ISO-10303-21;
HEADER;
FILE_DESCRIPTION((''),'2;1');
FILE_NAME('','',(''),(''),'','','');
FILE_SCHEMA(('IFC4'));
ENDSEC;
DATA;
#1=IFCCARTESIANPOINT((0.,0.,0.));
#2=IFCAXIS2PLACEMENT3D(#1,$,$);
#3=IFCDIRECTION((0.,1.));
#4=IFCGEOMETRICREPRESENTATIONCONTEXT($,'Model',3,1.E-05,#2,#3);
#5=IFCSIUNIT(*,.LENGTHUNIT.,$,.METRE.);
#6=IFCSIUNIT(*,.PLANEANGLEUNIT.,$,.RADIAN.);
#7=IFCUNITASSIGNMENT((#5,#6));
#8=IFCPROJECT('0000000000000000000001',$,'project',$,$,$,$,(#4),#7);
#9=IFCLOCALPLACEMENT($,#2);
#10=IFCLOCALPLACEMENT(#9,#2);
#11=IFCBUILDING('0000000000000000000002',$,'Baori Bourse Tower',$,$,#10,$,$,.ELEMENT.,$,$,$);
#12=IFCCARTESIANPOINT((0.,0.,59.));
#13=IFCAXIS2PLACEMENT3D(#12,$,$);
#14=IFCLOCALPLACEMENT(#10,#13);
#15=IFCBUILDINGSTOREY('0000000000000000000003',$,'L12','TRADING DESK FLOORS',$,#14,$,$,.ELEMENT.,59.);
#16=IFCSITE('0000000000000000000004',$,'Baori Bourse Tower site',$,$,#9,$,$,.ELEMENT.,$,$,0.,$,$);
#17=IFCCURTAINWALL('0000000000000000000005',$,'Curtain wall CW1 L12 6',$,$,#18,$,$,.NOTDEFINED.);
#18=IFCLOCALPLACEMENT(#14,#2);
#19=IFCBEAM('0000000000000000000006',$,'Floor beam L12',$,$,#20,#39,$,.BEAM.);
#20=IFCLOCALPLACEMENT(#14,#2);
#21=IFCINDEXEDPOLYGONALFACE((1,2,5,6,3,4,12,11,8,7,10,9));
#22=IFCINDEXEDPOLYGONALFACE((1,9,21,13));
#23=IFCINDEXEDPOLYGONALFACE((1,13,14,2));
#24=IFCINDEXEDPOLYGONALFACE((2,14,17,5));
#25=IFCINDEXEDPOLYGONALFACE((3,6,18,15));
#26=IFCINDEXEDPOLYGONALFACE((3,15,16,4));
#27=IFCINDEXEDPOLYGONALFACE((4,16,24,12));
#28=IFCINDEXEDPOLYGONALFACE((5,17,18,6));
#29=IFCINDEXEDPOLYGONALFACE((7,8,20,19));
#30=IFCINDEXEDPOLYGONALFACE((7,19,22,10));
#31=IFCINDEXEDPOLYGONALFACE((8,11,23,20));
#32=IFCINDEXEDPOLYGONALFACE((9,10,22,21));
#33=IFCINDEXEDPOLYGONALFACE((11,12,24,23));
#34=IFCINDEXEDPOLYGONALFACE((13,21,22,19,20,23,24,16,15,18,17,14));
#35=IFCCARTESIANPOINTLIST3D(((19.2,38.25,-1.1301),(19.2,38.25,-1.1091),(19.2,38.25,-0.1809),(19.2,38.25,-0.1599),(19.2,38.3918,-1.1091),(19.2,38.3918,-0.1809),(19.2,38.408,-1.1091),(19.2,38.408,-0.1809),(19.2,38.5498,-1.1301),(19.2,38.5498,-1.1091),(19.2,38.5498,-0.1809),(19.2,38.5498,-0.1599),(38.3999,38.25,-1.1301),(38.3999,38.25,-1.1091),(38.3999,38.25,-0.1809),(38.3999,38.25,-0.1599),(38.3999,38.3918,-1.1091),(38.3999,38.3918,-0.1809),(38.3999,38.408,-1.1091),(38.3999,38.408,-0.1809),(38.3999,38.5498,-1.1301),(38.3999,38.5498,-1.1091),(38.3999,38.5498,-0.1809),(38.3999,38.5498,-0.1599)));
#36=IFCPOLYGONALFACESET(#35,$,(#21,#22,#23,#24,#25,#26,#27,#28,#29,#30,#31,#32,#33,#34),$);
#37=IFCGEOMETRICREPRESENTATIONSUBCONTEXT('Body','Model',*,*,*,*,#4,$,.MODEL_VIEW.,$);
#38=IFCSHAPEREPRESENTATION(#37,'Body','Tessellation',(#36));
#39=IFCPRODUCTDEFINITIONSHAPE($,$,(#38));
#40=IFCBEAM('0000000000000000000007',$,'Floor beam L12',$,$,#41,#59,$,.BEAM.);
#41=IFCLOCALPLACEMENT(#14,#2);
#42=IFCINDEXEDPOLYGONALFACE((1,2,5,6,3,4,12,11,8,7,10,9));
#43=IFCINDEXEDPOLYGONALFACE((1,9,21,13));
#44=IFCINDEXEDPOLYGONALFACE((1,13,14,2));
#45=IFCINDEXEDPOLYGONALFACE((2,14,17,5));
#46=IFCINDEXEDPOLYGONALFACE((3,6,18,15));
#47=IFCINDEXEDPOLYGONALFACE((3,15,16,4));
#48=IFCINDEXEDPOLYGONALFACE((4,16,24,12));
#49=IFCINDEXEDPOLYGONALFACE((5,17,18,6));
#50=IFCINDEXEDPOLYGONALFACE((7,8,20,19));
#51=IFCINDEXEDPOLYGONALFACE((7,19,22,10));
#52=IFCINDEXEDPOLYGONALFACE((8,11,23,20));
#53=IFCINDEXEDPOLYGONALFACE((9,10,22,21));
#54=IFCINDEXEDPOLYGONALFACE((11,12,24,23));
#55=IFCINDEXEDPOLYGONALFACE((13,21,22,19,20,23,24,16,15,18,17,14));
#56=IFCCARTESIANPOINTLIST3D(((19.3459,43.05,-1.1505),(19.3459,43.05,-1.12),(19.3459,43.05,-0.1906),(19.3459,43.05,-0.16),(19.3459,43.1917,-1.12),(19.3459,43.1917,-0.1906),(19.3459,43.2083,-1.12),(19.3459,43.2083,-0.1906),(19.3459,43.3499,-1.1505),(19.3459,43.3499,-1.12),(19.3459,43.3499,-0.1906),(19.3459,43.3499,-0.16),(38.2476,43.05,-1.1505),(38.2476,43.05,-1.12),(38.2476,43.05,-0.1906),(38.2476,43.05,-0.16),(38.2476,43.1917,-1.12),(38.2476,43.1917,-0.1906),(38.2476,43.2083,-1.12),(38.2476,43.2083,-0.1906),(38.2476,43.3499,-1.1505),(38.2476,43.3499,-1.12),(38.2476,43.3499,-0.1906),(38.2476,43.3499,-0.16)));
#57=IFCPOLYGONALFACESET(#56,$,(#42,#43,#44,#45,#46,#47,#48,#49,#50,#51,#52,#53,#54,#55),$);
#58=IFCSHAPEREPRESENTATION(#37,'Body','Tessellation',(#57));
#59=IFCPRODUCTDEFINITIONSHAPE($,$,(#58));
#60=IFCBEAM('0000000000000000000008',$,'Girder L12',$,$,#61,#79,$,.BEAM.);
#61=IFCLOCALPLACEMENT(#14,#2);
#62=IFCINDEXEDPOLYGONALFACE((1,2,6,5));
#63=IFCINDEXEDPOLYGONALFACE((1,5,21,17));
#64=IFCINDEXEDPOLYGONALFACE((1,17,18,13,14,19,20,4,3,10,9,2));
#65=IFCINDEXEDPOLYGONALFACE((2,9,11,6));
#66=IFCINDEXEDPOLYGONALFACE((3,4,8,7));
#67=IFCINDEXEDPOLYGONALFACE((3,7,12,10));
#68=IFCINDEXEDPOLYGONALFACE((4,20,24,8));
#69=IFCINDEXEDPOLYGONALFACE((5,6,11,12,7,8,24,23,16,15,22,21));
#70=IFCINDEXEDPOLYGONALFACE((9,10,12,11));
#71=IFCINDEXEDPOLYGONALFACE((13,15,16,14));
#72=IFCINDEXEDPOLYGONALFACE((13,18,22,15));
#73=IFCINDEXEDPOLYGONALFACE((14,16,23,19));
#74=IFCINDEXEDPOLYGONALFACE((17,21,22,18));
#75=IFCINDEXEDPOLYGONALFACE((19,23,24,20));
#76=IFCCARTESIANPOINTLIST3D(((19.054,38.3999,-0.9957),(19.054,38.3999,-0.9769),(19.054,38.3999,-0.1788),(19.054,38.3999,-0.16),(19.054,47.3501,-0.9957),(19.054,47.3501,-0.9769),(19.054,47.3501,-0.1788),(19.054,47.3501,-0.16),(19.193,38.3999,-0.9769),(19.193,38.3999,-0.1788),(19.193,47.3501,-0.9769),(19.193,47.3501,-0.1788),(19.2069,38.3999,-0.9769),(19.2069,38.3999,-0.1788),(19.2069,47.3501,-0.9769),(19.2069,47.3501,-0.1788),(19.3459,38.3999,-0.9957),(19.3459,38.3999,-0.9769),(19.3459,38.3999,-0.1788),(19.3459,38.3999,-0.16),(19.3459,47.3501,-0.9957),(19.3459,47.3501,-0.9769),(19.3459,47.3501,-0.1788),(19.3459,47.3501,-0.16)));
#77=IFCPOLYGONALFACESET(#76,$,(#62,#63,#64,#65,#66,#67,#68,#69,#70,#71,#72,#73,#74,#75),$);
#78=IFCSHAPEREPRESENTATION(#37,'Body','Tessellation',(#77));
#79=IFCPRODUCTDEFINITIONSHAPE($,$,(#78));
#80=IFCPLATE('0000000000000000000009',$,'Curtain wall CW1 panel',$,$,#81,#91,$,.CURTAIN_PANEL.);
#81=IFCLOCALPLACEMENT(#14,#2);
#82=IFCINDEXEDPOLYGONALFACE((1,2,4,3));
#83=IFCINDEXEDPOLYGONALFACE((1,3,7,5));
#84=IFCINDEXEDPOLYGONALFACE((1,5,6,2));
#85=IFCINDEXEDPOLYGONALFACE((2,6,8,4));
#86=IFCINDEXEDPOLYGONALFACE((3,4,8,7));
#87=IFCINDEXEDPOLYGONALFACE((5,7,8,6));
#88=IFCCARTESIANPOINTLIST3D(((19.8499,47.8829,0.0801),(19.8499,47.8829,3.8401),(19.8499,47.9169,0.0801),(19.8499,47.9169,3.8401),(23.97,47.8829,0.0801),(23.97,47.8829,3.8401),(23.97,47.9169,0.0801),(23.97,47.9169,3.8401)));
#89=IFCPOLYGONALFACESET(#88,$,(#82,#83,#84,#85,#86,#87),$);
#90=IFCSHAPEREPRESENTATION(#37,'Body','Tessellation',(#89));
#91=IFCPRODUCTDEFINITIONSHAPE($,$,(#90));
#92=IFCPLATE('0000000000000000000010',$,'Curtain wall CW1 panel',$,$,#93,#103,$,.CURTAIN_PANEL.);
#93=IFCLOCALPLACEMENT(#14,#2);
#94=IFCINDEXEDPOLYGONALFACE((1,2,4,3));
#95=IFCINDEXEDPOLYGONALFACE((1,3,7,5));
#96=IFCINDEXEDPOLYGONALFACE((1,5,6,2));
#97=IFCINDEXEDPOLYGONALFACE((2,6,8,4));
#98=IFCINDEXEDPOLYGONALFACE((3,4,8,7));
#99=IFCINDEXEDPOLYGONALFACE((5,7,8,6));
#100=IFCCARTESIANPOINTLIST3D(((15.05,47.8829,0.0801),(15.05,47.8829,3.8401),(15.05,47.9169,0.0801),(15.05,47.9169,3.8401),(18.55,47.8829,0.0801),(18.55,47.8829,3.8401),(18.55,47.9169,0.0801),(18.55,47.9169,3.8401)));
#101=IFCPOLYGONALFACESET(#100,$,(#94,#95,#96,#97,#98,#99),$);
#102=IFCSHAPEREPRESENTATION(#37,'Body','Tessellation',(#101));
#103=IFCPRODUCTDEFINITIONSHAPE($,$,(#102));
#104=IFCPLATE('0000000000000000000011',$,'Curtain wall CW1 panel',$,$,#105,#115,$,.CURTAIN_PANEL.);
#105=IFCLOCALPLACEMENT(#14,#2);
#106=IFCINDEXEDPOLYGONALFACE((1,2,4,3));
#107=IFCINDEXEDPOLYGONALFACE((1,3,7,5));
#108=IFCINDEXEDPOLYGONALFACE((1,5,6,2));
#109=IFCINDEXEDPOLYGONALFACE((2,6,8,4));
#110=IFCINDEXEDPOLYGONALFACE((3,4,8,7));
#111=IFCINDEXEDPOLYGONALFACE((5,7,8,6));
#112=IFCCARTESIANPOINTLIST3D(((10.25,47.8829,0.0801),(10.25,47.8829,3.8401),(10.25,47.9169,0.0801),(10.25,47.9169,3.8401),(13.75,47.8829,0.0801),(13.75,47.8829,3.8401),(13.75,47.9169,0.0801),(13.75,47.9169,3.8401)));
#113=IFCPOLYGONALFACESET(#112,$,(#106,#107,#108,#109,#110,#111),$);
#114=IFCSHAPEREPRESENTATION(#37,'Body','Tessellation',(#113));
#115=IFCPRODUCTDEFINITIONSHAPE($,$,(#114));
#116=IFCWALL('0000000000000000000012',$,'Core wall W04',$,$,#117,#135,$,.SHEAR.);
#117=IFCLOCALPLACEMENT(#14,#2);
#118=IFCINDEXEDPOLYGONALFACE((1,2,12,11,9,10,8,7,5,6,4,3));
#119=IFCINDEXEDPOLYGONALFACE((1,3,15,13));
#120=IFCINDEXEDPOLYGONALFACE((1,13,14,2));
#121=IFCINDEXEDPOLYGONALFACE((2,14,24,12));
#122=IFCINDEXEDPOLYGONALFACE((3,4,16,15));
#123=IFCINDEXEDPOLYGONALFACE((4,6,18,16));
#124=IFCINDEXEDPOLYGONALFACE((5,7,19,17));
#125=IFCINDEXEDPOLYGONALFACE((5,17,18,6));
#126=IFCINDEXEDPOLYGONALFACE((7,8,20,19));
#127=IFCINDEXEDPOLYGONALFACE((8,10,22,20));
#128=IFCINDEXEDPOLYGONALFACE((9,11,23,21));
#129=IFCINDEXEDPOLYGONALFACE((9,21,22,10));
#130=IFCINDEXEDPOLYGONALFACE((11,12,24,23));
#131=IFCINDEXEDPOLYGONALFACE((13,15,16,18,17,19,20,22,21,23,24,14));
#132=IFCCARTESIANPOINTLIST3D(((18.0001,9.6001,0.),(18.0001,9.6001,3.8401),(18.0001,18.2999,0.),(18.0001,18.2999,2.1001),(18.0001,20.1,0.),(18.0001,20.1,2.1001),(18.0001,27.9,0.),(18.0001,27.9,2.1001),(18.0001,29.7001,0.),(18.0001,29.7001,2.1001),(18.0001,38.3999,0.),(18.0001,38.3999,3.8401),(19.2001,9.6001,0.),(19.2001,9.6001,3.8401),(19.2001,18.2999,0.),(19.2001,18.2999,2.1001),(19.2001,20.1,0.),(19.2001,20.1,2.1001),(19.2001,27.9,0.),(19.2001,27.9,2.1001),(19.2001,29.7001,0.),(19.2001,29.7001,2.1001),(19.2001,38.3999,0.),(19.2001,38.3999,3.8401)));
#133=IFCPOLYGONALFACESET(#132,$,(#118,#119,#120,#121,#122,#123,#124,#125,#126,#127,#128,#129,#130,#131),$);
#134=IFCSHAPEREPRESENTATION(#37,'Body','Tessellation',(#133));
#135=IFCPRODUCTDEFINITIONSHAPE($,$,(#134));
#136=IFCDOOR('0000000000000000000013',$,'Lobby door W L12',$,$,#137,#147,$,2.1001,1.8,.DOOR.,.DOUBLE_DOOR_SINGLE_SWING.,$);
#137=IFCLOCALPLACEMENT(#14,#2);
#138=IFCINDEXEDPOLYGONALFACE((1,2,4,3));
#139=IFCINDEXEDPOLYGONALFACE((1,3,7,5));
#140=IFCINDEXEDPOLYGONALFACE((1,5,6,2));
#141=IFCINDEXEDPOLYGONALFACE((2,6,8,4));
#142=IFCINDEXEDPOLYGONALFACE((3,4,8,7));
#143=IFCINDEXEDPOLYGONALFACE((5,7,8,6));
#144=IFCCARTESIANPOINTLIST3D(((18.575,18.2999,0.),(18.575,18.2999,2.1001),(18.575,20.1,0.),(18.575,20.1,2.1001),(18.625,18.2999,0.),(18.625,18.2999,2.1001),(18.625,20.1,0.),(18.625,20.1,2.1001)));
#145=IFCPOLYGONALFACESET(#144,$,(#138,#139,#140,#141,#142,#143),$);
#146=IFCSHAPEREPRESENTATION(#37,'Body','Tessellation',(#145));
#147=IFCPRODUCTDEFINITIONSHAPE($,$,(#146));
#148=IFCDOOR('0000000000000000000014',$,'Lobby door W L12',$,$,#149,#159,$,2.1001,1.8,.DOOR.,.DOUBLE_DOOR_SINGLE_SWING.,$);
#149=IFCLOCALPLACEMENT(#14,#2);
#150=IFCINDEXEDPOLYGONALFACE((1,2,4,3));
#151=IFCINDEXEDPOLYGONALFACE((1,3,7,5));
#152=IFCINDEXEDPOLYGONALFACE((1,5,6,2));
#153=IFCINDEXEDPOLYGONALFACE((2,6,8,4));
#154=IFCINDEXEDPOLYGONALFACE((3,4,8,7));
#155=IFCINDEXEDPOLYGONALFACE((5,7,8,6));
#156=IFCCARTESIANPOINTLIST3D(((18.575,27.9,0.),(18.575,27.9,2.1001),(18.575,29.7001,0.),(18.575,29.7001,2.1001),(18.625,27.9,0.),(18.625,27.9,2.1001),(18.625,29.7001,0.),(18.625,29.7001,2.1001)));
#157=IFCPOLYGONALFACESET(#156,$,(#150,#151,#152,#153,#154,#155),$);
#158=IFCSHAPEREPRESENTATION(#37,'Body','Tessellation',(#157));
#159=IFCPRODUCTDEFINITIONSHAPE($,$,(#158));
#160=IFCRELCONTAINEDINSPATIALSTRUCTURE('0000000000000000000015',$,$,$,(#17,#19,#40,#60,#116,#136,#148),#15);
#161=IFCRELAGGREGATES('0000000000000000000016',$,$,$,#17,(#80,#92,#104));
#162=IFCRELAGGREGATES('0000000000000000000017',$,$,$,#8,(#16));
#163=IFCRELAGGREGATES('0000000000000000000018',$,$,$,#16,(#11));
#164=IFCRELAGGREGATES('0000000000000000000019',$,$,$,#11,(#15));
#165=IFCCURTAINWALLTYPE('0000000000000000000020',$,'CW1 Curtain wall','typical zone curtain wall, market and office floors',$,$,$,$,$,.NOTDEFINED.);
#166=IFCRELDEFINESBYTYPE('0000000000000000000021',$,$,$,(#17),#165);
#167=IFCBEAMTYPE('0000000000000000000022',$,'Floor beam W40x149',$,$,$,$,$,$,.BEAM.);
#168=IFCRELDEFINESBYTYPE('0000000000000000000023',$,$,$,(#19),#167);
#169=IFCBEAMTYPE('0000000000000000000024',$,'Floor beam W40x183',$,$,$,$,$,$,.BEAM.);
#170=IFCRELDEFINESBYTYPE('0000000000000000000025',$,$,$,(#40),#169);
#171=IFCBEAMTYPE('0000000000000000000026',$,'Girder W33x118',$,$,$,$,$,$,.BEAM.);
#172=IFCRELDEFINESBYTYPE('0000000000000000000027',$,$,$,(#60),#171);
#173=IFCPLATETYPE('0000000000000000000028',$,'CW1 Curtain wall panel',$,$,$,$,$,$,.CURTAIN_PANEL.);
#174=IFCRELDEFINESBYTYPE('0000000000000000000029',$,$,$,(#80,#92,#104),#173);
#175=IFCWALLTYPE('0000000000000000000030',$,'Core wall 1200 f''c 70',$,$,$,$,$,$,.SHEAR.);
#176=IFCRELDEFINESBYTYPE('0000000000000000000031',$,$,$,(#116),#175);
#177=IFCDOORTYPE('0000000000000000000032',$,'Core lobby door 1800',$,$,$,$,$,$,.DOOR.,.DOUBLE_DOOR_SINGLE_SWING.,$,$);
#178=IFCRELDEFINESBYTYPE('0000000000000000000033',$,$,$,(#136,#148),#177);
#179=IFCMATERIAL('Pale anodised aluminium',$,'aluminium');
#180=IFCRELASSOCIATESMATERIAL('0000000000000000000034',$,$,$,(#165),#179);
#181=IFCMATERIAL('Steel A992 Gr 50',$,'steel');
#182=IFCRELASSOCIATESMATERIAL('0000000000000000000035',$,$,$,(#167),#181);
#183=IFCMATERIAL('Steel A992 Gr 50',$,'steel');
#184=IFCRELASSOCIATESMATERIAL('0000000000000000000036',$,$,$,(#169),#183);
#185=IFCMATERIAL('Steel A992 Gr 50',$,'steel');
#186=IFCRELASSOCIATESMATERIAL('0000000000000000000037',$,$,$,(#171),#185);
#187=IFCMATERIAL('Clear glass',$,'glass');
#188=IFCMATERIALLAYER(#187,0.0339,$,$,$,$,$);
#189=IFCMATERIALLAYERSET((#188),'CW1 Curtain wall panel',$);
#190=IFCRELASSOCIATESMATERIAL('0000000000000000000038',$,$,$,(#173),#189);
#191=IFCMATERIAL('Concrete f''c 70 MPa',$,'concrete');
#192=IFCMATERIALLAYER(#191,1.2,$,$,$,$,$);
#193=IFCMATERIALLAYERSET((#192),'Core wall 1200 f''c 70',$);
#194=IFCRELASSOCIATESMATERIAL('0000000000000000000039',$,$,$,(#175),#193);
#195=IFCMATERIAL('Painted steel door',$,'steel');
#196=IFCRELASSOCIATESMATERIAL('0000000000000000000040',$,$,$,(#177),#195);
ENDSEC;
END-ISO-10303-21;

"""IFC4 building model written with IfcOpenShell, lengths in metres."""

from ifc_helpers import new_model, si_unit, direction, frame, frame_2d, origin, origin_2d, place, context, subcontext, project, spatial, rectangle, i_section, extrude, material, layer, layer_set, material_profile, profile_set, type_object, element, fill, aggregate, save


model = new_model("IFC4")

# Units and contexts
model_context = context("Model", 3, precision=1e-05, world=origin(), true_north=direction((0.0, 1.0)))
body_context = subcontext(model_context, "Body", "Model", "MODEL_VIEW")
ifc_project = project(units=[si_unit("LENGTHUNIT", "METRE"), si_unit("PLANEANGLEUNIT", "RADIAN")], contexts=[model_context])

# Site, building, storey
site_placement = place(None, origin())
site = spatial("IfcSite", under=ifc_project, at=site_placement, Name="Baori Bourse Tower site", CompositionType="ELEMENT", RefElevation=0.0)
building_placement = place(site_placement, origin())
building = spatial("IfcBuilding", under=site, at=building_placement, Name="Baori Bourse Tower", CompositionType="ELEMENT")
storey_placement = place(building_placement, frame((0.0, 0.0, 59.0)))
storey = spatial("IfcBuildingStorey", under=building, at=storey_placement, Name="L12", Description="TRADING DESK FLOORS", CompositionType="ELEMENT", Elevation=59.0)

# Curtain wall
ifc_material_1 = material(Name="Pale anodised aluminium", Category="aluminium")
curtain_wall_type = type_object("IfcCurtainWallType", Name="CW1 Curtain wall", Description="typical zone curtain wall, market and office floors", PredefinedType="NOTDEFINED", material=ifc_material_1)
curtain_wall_placement = place(storey_placement, origin())
curtain_wall = element("IfcCurtainWall", 1, at=curtain_wall_placement, inside=storey, type_object=curtain_wall_type, Name="Curtain wall CW1 L12 6", PredefinedType="NOTDEFINED")

# Beams
ifc_material_2 = material(Name="Steel A992 Gr 50", Category="steel")
ifc_material_profile_1 = material_profile(ifc_material_2, i_section(OverallWidth=0.2998, OverallDepth=0.9702, WebThickness=0.0161, FlangeThickness=0.021, at=origin_2d()), Name="W40x149")
ifc_profile_set_1 = profile_set([ifc_material_profile_1], Name="Steel A992 Gr 50")
beam_type_1 = type_object("IfcBeamType", Name="Floor beam W40x149", PredefinedType="BEAM", material=ifc_profile_set_1)
beam_1_placement = place(storey_placement, frame((19.2, 38.3999, -0.645), z_axis=(1.0, 0.0, 0.0), x_axis=(0.0, 1.0, 0.0)))
element("IfcBeam", 2, at=beam_1_placement, inside=storey, type_object=beam_type_1, Name="Floor beam L12", PredefinedType="BEAM", context=body_context, shape_type="SweptSolid", body=[
    extrude(i_section(OverallWidth=0.2998, OverallDepth=0.9702, WebThickness=0.0161, FlangeThickness=0.021, at=origin_2d()), origin(), (0.0, 0.0, 1.0), 19.2),
])
ifc_material_3 = material(Name="Steel A992 Gr 50", Category="steel")
ifc_material_profile_2 = material_profile(ifc_material_3, i_section(OverallWidth=0.2998, OverallDepth=0.9905, WebThickness=0.0166, FlangeThickness=0.0305, at=origin_2d()), Name="W40x183")
ifc_profile_set_2 = profile_set([ifc_material_profile_2], Name="Steel A992 Gr 50")
beam_type_2 = type_object("IfcBeamType", Name="Floor beam W40x183", PredefinedType="BEAM", material=ifc_profile_set_2)
beam_2_placement = place(storey_placement, frame((19.3459, 43.2, -0.6553), z_axis=(1.0, 0.0, 0.0), x_axis=(0.0, 1.0, 0.0)))
element("IfcBeam", 3, at=beam_2_placement, inside=storey, type_object=beam_type_2, Name="Floor beam L12", PredefinedType="BEAM", context=body_context, shape_type="SweptSolid", body=[
    extrude(i_section(OverallWidth=0.2998, OverallDepth=0.9905, WebThickness=0.0166, FlangeThickness=0.0305, at=origin_2d()), origin(), (0.0, 0.0, 1.0), 18.9016),
])
ifc_material_4 = material(Name="Steel A992 Gr 50", Category="steel")
ifc_material_profile_3 = material_profile(ifc_material_4, i_section(OverallWidth=0.292, OverallDepth=0.8357, WebThickness=0.0139, FlangeThickness=0.0188, at=origin_2d()), Name="W33x118")
ifc_profile_set_3 = profile_set([ifc_material_profile_3], Name="Steel A992 Gr 50")
beam_type_3 = type_object("IfcBeamType", Name="Girder W33x118", PredefinedType="BEAM", material=ifc_profile_set_3)
beam_3_placement = place(storey_placement, frame((19.2, 38.3999, -0.5779), z_axis=(0.0, 1.0, 0.0), x_axis=(-1.0, 0.0, 0.0)))
element("IfcBeam", 4, at=beam_3_placement, inside=storey, type_object=beam_type_3, Name="Girder L12", PredefinedType="BEAM", context=body_context, shape_type="SweptSolid", body=[
    extrude(i_section(OverallWidth=0.292, OverallDepth=0.8357, WebThickness=0.0139, FlangeThickness=0.0188, at=origin_2d()), origin(), (0.0, 0.0, 1.0), 8.9502),
])

# Plates
ifc_material_5 = material(Name="Clear glass", Category="glass")
ifc_layer_1 = layer(ifc_material_5, 0.0339)
ifc_layer_set_1 = layer_set([ifc_layer_1], Name="CW1 Curtain wall panel")
plate_type = type_object("IfcPlateType", Name="CW1 Curtain wall panel", PredefinedType="CURTAIN_PANEL", material=ifc_layer_set_1)
plate_1_placement = place(storey_placement, frame((21.9099, 47.8999, 0.0801), z_axis=(0.0, 0.0, 1.0), x_axis=(-1.0, 0.0, 0.0)))
plate_1 = element("IfcPlate", 5, at=plate_1_placement, type_object=plate_type, Name="Curtain wall CW1 panel", PredefinedType="CURTAIN_PANEL", context=body_context, shape_type="SweptSolid", body=[
    extrude(rectangle(XDim=4.1201, YDim=0.0339, at=origin_2d()), origin(), (0.0, 0.0, 1.0), 3.76),
])
plate_2_placement = place(storey_placement, frame((16.8, 47.8999, 0.0801), z_axis=(0.0, 0.0, 1.0), x_axis=(-1.0, 0.0, 0.0)))
plate_2 = element("IfcPlate", 6, at=plate_2_placement, type_object=plate_type, Name="Curtain wall CW1 panel", PredefinedType="CURTAIN_PANEL", context=body_context, shape_type="SweptSolid", body=[
    extrude(rectangle(XDim=3.5, YDim=0.0339, at=origin_2d()), origin(), (0.0, 0.0, 1.0), 3.76),
])
plate_3_placement = place(storey_placement, frame((12.0, 47.8999, 0.0801), z_axis=(0.0, 0.0, 1.0), x_axis=(-1.0, 0.0, 0.0)))
plate_3 = element("IfcPlate", 7, at=plate_3_placement, type_object=plate_type, Name="Curtain wall CW1 panel", PredefinedType="CURTAIN_PANEL", context=body_context, shape_type="SweptSolid", body=[
    extrude(rectangle(XDim=3.5, YDim=0.0339, at=origin_2d()), origin(), (0.0, 0.0, 1.0), 3.76),
])
aggregate(curtain_wall, [plate_1, plate_2, plate_3])

# Wall, openings, doors
ifc_material_6 = material(Name="Concrete f'c 70 MPa", Category="concrete")
ifc_layer_2 = layer(ifc_material_6, 1.2)
ifc_layer_set_2 = layer_set([ifc_layer_2], Name="Core wall 1200 f'c 70")
wall_type_1 = type_object("IfcWallType", Name="Core wall 1200 f'c 70", PredefinedType="SHEAR", material=ifc_layer_set_2)
wall_1_placement = place(storey_placement, frame((18.6001, 38.3999, 0.0), z_axis=(0.0, 0.0, 1.0), x_axis=(0.0, -1.0, 0.0)))
wall_1 = element("IfcWall", 8, at=wall_1_placement, inside=storey, type_object=wall_type_1, Name="Core wall W04", PredefinedType="SHEAR", context=body_context, shape_type="SweptSolid", body=[
    extrude(rectangle(XDim=28.7998, YDim=1.2, at=frame_2d((14.3999, 0.0))), origin(), (0.0, 0.0, 1.0), 3.8401),
])
opening_1_placement = place(wall_1_placement, frame((18.3, 0.0, 0.0)))
opening_1 = element("IfcOpeningElement", 9, at=opening_1_placement, cuts=wall_1, PredefinedType="OPENING", context=body_context, shape_type="SweptSolid", body=[
    extrude(rectangle(XDim=1.8, YDim=2.1001, at=frame_2d((0.8999, 1.05))), frame((0.0, 0.6099, 0.0), z_axis=(0.0, -1.0, 0.0), x_axis=(1.0, 0.0, 0.0)), (0.0, 0.0, 1.0), 1.22),
])
opening_2_placement = place(wall_1_placement, frame((8.7, 0.0, 0.0)))
opening_2 = element("IfcOpeningElement", 10, at=opening_2_placement, cuts=wall_1, PredefinedType="OPENING", context=body_context, shape_type="SweptSolid", body=[
    extrude(rectangle(XDim=1.8, YDim=2.1001, at=frame_2d((0.8999, 1.05))), frame((0.0, 0.6099, 0.0), z_axis=(0.0, -1.0, 0.0), x_axis=(1.0, 0.0, 0.0)), (0.0, 0.0, 1.0), 1.22),
])
ifc_material_7 = material(Name="Painted steel door", Category="steel")
door_type_1 = type_object("IfcDoorType", Name="Core lobby door 1800", OperationType="DOUBLE_DOOR_SINGLE_SWING", PredefinedType="DOOR", material=ifc_material_7)
door_1_placement = place(opening_1_placement, origin())
door_1 = element("IfcDoor", 11, at=door_1_placement, inside=storey, type_object=door_type_1, Name="Lobby door W L12", OperationType="DOUBLE_DOOR_SINGLE_SWING", OverallHeight=2.1001, OverallWidth=1.8, PredefinedType="DOOR", context=body_context, shape_type="SweptSolid", body=[
    extrude(rectangle(XDim=1.8, YDim=2.1001, at=frame_2d((0.8999, 1.05))), frame((0.0, 0.0249, 0.0), z_axis=(0.0, -1.0, 0.0), x_axis=(1.0, 0.0, 0.0)), (0.0, 0.0, 1.0), 0.05),
])
fill(opening_1, door_1)
door_2_placement = place(opening_2_placement, origin())
door_2 = element("IfcDoor", 12, at=door_2_placement, inside=storey, type_object=door_type_1, Name="Lobby door W L12", OperationType="DOUBLE_DOOR_SINGLE_SWING", OverallHeight=2.1001, OverallWidth=1.8, PredefinedType="DOOR", context=body_context, shape_type="SweptSolid", body=[
    extrude(rectangle(XDim=1.8, YDim=2.1001, at=frame_2d((0.8999, 1.05))), frame((0.0, 0.0249, 0.0), z_axis=(0.0, -1.0, 0.0), x_axis=(1.0, 0.0, 0.0)), (0.0, 0.0, 1.0), 0.05),
])
fill(opening_2, door_2)

save(model, "model.ifc")
